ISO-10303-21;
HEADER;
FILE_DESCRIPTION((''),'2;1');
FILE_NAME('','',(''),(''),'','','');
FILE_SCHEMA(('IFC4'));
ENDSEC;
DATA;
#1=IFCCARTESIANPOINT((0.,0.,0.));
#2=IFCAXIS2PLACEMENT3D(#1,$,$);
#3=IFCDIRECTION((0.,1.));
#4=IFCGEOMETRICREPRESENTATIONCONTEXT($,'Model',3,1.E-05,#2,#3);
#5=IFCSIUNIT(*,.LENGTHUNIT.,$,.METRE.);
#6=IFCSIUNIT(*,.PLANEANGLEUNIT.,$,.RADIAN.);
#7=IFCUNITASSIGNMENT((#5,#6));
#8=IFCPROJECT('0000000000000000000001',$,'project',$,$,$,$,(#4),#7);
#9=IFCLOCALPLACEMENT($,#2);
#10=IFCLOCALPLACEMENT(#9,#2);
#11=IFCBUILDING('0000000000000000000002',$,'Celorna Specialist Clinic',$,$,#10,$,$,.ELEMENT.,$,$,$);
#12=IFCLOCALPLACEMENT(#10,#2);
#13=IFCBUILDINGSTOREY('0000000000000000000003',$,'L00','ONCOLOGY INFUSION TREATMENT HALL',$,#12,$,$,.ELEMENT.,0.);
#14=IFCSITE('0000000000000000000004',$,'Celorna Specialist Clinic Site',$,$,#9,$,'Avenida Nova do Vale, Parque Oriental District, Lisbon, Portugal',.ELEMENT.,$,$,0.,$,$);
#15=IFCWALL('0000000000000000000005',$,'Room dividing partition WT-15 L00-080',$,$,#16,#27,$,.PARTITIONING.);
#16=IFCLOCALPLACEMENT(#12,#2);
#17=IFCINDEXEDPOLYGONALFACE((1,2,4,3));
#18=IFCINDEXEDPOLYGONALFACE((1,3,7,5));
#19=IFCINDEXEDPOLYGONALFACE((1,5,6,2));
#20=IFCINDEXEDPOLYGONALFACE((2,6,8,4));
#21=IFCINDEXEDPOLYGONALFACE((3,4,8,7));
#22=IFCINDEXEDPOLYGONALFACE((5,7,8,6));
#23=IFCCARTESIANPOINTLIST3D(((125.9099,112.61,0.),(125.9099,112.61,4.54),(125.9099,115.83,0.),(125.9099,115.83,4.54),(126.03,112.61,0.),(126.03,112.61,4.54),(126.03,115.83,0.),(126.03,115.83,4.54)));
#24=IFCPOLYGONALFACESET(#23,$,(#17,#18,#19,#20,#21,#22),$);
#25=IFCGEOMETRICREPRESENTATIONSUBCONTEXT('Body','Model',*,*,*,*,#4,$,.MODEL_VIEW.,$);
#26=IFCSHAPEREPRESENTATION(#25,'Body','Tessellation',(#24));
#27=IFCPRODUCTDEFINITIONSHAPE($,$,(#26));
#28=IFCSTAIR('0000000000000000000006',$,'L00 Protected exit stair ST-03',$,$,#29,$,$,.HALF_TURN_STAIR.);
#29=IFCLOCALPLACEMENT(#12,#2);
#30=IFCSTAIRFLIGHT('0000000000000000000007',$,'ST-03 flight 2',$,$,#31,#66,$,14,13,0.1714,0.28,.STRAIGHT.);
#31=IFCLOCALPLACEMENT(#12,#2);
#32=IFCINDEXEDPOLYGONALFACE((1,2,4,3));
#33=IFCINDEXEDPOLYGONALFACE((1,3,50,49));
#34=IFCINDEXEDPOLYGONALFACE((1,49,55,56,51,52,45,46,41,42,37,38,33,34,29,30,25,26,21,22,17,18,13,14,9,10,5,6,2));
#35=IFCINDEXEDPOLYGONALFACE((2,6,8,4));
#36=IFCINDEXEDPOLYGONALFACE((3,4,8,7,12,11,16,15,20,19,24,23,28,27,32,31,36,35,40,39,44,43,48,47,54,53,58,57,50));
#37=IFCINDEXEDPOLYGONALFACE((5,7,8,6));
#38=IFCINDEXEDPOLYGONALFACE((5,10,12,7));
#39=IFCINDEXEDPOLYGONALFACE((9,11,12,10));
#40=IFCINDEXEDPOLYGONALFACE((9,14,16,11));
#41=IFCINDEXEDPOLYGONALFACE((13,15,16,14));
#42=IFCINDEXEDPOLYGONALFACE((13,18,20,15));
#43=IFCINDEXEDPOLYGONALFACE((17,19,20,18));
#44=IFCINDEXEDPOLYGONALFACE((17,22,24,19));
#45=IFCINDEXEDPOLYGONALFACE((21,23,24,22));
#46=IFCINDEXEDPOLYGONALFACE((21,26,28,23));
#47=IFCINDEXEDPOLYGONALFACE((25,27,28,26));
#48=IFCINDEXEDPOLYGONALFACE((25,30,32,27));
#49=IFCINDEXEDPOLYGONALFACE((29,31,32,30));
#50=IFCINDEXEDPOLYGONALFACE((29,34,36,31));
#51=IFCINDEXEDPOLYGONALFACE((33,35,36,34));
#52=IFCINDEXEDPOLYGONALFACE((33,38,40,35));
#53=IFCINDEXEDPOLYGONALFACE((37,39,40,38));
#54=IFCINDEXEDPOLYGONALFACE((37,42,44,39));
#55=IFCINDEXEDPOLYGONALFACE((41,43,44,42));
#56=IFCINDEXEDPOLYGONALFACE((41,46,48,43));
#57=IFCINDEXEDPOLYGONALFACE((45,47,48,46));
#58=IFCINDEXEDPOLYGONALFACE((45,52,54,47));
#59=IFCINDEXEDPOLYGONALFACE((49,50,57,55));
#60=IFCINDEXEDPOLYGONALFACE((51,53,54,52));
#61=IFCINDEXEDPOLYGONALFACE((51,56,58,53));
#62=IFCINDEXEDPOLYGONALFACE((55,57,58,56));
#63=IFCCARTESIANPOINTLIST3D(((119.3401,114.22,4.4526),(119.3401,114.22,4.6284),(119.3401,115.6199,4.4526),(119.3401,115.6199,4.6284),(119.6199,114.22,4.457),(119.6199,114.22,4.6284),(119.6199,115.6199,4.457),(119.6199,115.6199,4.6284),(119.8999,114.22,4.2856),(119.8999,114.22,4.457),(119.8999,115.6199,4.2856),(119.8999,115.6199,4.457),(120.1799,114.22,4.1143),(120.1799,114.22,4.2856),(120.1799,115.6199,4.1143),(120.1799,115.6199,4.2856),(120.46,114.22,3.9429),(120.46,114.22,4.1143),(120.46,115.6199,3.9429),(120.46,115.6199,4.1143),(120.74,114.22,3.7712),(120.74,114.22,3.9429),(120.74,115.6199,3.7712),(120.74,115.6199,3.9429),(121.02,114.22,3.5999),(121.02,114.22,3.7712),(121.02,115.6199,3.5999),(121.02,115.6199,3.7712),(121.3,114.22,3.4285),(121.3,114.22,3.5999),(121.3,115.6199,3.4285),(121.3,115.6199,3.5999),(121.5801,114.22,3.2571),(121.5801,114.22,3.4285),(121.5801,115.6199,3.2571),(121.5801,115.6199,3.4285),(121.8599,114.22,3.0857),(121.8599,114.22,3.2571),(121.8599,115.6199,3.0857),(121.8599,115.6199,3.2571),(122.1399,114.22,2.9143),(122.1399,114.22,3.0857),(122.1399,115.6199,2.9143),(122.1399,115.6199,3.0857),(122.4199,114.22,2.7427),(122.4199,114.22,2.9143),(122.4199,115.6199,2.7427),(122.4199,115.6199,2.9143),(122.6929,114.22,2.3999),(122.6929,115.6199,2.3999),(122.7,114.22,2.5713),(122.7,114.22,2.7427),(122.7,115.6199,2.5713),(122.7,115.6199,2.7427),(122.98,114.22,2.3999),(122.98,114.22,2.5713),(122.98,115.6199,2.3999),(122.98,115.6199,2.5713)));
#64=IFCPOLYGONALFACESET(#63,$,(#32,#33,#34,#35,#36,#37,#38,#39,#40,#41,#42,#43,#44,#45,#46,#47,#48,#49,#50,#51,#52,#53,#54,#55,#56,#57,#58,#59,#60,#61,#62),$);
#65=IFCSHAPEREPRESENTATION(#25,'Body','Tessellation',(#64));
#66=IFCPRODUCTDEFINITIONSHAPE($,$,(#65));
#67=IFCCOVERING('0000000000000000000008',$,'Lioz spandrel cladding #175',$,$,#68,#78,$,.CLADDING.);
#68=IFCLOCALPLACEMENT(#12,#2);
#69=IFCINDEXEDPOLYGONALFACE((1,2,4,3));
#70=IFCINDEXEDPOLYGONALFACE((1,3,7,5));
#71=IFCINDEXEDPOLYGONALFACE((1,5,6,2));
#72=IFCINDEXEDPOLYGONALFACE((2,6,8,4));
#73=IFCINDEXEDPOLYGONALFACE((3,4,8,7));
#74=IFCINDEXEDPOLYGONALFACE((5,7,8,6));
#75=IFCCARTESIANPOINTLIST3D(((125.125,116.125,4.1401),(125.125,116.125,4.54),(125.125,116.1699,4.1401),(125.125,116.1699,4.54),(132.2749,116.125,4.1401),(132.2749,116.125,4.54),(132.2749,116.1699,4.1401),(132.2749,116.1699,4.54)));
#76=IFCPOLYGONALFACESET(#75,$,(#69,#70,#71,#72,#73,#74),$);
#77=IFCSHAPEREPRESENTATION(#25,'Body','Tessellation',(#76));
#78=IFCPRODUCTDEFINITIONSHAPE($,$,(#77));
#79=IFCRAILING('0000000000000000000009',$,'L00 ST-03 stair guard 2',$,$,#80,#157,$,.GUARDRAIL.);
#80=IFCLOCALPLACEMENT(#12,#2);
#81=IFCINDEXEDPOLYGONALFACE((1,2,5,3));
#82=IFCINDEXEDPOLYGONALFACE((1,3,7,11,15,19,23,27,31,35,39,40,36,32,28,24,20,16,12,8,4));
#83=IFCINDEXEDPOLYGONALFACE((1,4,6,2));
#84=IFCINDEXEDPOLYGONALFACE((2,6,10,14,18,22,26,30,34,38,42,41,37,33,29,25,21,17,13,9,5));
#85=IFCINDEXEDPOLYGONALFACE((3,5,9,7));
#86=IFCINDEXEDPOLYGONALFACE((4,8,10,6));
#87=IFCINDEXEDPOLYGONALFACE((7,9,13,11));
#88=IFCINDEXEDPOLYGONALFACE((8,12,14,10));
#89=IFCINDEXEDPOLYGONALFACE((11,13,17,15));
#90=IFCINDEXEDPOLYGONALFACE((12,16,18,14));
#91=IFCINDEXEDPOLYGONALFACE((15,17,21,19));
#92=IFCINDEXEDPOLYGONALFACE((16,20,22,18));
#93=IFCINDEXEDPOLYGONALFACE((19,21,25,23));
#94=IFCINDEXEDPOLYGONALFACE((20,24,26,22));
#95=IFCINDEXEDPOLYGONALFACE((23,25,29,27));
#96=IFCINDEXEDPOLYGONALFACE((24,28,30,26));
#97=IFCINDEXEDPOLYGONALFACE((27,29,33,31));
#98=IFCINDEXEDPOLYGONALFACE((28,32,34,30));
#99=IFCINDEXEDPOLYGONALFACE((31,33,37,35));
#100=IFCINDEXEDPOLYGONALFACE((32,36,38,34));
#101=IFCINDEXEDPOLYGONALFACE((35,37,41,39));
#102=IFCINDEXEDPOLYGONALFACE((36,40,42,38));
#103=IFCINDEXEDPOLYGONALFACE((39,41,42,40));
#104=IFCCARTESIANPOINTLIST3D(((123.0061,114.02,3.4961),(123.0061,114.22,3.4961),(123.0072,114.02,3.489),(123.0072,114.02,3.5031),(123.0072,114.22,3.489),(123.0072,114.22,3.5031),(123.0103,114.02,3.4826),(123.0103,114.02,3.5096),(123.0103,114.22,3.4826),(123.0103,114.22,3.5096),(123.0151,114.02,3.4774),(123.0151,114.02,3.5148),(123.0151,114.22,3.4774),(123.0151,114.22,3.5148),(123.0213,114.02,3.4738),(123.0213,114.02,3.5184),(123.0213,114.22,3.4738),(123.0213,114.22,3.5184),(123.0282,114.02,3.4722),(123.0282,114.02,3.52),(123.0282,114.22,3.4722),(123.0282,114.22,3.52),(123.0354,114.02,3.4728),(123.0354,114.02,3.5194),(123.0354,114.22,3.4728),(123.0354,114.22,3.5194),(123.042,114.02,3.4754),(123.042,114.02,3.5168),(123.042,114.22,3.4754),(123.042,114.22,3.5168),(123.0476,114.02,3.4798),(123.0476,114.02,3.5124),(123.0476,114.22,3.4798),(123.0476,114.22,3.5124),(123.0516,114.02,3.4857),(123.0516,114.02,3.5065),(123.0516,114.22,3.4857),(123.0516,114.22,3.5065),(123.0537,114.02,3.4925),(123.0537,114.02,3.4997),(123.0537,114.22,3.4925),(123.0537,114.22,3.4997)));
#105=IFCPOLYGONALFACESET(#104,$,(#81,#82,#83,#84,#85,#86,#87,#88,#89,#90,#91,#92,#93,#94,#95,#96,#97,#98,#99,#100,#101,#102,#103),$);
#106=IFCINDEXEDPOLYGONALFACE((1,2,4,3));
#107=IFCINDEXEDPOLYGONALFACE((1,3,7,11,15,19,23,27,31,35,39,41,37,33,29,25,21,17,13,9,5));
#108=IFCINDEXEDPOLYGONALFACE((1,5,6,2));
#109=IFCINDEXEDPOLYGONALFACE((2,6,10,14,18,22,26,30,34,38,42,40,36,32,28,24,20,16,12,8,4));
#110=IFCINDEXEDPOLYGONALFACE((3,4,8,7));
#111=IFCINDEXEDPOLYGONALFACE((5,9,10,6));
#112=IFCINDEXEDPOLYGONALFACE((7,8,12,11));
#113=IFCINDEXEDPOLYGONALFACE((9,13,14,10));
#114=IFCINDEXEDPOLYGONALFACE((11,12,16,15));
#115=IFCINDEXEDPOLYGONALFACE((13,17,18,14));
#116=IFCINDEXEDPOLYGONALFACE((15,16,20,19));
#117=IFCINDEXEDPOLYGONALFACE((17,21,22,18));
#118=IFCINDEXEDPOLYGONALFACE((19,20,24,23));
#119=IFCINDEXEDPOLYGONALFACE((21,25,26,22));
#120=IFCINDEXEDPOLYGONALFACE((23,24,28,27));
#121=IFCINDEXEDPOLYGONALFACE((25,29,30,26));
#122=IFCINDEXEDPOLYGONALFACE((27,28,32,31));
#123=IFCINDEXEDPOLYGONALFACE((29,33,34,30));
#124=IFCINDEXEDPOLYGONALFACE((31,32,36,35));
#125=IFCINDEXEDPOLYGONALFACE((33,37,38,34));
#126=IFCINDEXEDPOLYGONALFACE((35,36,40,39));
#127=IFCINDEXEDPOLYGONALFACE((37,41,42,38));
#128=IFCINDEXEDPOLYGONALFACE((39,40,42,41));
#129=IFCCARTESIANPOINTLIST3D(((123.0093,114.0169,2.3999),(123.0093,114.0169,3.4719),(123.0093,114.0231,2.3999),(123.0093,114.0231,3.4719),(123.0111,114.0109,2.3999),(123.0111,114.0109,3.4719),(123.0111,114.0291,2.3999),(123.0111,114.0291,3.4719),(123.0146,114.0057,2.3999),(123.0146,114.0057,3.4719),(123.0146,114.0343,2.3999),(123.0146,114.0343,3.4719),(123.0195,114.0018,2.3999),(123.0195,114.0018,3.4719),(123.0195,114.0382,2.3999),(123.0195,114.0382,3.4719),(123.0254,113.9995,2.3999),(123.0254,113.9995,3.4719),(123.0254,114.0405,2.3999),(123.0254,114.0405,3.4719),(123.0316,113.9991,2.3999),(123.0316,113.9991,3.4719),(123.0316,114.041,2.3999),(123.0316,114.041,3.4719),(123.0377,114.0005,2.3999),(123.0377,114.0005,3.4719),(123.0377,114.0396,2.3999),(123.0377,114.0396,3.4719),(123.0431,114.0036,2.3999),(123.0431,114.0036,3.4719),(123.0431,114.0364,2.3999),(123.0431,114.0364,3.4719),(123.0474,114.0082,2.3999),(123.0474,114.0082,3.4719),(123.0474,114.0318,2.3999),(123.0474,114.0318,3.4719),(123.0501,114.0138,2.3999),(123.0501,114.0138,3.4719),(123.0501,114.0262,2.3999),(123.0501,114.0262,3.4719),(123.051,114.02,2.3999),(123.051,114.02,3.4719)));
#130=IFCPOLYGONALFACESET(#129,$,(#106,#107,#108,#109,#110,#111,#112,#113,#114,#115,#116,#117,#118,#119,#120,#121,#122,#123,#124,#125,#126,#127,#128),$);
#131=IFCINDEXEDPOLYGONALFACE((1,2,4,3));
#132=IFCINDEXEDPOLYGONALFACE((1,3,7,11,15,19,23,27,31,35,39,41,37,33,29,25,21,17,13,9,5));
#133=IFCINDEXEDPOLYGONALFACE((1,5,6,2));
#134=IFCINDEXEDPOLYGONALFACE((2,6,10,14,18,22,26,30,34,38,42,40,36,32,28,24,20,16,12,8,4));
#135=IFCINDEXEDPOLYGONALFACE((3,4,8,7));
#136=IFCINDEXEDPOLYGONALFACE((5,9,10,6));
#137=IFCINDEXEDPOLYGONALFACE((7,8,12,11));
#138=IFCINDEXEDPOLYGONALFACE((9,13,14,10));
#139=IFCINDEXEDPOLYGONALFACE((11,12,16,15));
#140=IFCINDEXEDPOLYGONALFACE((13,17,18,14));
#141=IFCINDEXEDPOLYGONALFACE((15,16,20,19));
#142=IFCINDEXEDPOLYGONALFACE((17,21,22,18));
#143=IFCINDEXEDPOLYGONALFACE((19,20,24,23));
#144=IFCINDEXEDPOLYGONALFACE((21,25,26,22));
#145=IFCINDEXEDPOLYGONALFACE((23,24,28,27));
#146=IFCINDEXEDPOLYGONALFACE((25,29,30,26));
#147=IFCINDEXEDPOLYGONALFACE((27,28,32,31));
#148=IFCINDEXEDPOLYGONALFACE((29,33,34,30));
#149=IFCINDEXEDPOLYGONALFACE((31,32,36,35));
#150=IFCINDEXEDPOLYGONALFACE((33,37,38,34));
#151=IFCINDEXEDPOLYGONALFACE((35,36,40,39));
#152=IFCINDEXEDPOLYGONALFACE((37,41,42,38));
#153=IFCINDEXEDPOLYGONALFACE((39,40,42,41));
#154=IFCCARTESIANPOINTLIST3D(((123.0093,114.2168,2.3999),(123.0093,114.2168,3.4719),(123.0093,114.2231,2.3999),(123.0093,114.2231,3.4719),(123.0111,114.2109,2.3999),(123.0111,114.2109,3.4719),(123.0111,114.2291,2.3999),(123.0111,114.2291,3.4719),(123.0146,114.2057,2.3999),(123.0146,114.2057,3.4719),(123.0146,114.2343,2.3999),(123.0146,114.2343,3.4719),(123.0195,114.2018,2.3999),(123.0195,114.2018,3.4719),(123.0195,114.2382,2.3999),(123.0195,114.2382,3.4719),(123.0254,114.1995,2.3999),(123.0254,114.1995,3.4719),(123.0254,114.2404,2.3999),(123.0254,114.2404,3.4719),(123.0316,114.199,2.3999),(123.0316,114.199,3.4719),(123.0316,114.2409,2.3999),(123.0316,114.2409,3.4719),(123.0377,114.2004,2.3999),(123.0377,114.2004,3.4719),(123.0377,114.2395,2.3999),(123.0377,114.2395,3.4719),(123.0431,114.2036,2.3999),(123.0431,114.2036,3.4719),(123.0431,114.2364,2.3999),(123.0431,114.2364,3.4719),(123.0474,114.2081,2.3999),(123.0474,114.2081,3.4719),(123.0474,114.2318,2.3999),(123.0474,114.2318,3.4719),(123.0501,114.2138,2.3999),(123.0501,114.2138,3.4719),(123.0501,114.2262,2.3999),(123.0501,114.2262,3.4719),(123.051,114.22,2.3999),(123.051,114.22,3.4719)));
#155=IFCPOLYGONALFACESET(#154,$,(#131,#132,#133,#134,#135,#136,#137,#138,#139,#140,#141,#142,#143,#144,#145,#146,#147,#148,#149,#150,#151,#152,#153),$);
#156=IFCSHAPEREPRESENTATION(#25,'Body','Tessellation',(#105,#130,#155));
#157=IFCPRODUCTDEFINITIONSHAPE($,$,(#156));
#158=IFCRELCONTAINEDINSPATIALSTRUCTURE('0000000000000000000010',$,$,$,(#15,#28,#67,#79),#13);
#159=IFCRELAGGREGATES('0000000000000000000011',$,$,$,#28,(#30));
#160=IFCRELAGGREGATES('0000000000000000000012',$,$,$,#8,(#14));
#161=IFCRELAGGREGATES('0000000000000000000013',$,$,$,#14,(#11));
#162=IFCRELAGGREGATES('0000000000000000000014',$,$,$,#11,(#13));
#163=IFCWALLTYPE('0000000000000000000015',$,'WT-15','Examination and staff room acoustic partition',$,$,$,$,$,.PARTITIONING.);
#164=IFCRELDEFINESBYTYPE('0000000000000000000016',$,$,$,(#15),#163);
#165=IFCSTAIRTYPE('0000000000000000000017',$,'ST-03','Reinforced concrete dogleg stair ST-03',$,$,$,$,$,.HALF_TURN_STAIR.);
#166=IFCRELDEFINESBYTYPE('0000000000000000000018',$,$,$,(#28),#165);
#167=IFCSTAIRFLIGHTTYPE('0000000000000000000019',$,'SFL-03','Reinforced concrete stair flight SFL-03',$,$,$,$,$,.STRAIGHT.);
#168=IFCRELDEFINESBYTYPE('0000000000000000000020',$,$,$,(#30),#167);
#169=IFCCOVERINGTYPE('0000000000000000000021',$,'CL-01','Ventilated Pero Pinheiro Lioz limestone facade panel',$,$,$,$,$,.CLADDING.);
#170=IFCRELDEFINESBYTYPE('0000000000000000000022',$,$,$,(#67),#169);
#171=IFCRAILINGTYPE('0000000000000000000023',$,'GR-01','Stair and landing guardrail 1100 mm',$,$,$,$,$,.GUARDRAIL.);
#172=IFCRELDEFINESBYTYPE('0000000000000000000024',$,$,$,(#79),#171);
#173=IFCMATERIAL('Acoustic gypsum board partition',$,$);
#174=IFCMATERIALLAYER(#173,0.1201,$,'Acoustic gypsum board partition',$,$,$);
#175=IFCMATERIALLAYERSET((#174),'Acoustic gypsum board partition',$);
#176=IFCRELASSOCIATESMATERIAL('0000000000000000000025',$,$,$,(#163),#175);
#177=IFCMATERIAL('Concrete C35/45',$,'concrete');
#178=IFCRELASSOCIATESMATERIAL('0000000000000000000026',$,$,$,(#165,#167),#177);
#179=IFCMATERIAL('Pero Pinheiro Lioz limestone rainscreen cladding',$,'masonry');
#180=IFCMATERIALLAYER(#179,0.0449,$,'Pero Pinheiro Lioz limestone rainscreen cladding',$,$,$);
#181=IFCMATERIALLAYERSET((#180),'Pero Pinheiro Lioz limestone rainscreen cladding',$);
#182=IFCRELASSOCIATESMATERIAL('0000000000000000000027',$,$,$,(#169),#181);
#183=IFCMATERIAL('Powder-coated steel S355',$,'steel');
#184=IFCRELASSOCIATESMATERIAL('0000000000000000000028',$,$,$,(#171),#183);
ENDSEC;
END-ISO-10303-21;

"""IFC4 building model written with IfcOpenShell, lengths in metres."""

from ifc_helpers import new_model, si_unit, direction, frame, frame_2d, origin, origin_2d, place, context, subcontext, project, spatial, polyline, rectangle, circle, outline, extrude, material, layer, layer_set, type_object, element, aggregate, save


model = new_model("IFC4")

# Units and contexts
model_context = context("Model", 3, precision=1e-05, world=origin(), true_north=direction((0.0, 1.0)))
body_context = subcontext(model_context, "Body", "Model", "MODEL_VIEW")
ifc_project = project(units=[si_unit("LENGTHUNIT", "METRE"), si_unit("PLANEANGLEUNIT", "RADIAN")], contexts=[model_context])

# Site, building, storey
site_placement = place(None, origin())
site = spatial("IfcSite", under=ifc_project, at=site_placement, Name="Celorna Specialist Clinic Site", LongName="Avenida Nova do Vale, Parque Oriental District, Lisbon, Portugal", CompositionType="ELEMENT", RefElevation=0.0)
building_placement = place(site_placement, origin())
building = spatial("IfcBuilding", under=site, at=building_placement, Name="Celorna Specialist Clinic", CompositionType="ELEMENT")
storey_placement = place(building_placement, origin())
storey = spatial("IfcBuildingStorey", under=building, at=storey_placement, Name="L00", Description="ONCOLOGY INFUSION TREATMENT HALL", CompositionType="ELEMENT", Elevation=0.0)

# Shared definitions
ifc_material_1 = material(Name="Concrete C35/45", Category="concrete")

# Wall
ifc_material_2 = material(Name="Acoustic gypsum board partition")
ifc_layer_1 = layer(ifc_material_2, 0.1201, Name="Acoustic gypsum board partition")
ifc_layer_set_1 = layer_set([ifc_layer_1], Name="Acoustic gypsum board partition")
wall_type_1 = type_object("IfcWallType", Name="WT-15", Description="Examination and staff room acoustic partition", PredefinedType="PARTITIONING", material=ifc_layer_set_1)
wall_1_placement = place(storey_placement, frame((125.97, 112.6101, 0.0), z_axis=(0.0, 0.0, 1.0), x_axis=(0.0, 1.0, 0.0)))
element("IfcWall", 1, at=wall_1_placement, inside=storey, type_object=wall_type_1, Name="Room dividing partition WT-15 L00-080", PredefinedType="PARTITIONING", context=body_context, shape_type="SweptSolid", body=[
    extrude(rectangle(XDim=3.22, YDim=0.1201, at=frame_2d((1.6099, 0.0))), origin(), (0.0, 0.0, 1.0), 4.54),
])

# Stair, stair flight
stair_type = type_object("IfcStairType", Name="ST-03", Description="Reinforced concrete dogleg stair ST-03", PredefinedType="HALF_TURN_STAIR", material=ifc_material_1)
stair_placement = place(storey_placement, origin())
stair = element("IfcStair", 2, at=stair_placement, inside=storey, type_object=stair_type, Name="L00 Protected exit stair ST-03", PredefinedType="HALF_TURN_STAIR")
stair_flight_type = type_object("IfcStairFlightType", Name="SFL-03", Description="Reinforced concrete stair flight SFL-03", PredefinedType="STRAIGHT", material=ifc_material_1)
stair_flight_placement = place(storey_placement, frame((122.98, 114.9199, 2.3999), z_axis=(0.0, 0.0, 1.0), x_axis=(-1.0, 0.0, 0.0)))
stair_flight = element("IfcStairFlight", 3, at=stair_flight_placement, type_object=stair_flight_type, Name="ST-03 flight 2", NumberOfRisers=14, NumberOfTreads=13, PredefinedType="STRAIGHT", RiserHeight=0.1714, TreadLength=0.28, context=body_context, shape_type="SweptSolid", body=[
    extrude(outline(polyline([(0.0, 0.0), (0.0, 0.1714), (0.28, 0.1714), (0.28, 0.3428), (0.5601, 0.3428), (0.5601, 0.5144), (0.8401, 0.5144), (0.8401, 0.6858), (1.1201, 0.6858), (1.1201, 0.8572), (1.3999, 0.8572), (1.3999, 1.0286), (1.6799, 1.0286), (1.6799, 1.2), (1.96, 1.2), (1.96, 1.3713), (2.24, 1.3713), (2.24, 1.543), (2.52, 1.543), (2.52, 1.7144), (2.8, 1.7144), (2.8, 1.8857), (3.0801, 1.8857), (3.0801, 2.0571), (3.3601, 2.0571), (3.3601, 2.2285), (3.6399, 2.2285), (3.6399, 2.3999), (3.6399, 2.0527), (0.2871, 0.0), (0.0, 0.0)])), frame((0.0, 0.7, 0.0), z_axis=(0.0, -1.0, 0.0), x_axis=(1.0, 0.0, 0.0)), (0.0, 0.0, 1.0), 1.3999),
])
aggregate(stair, [stair_flight])

# Covering
ifc_material_3 = material(Name="Pero Pinheiro Lioz limestone rainscreen cladding", Category="masonry")
ifc_layer_2 = layer(ifc_material_3, 0.0449, Name="Pero Pinheiro Lioz limestone rainscreen cladding")
ifc_layer_set_2 = layer_set([ifc_layer_2], Name="Pero Pinheiro Lioz limestone rainscreen cladding")
covering_type = type_object("IfcCoveringType", Name="CL-01", Description="Ventilated Pero Pinheiro Lioz limestone facade panel", PredefinedType="CLADDING", material=ifc_layer_set_2)
covering_placement = place(storey_placement, frame((128.7, 116.1475, 4.1401), z_axis=(0.0, 0.0, 1.0), x_axis=(1.0, 0.0, 0.0)))
element("IfcCovering", 4, at=covering_placement, inside=storey, type_object=covering_type, Name="Lioz spandrel cladding #175", PredefinedType="CLADDING", context=body_context, shape_type="SweptSolid", body=[
    extrude(rectangle(XDim=7.1499, YDim=0.0449, at=origin_2d()), origin(), (0.0, 0.0, 1.0), 0.3999),
])

# Railing
ifc_material_4 = material(Name="Powder-coated steel S355", Category="steel")
railing_type_1 = type_object("IfcRailingType", Name="GR-01", Description="Stair and landing guardrail 1100 mm", PredefinedType="GUARDRAIL", material=ifc_material_4)
railing_1_placement = place(storey_placement, frame((123.03, 114.02, 2.3999)))
element("IfcRailing", 5, at=railing_1_placement, inside=storey, type_object=railing_type_1, Name="L00 ST-03 stair guard 2", PredefinedType="GUARDRAIL", context=body_context, shape_type="SweptSolid", body=[
    extrude(circle(Radius=0.0239, at=origin_2d()), frame((0.0, 0.0, 1.0962), z_axis=(0.0, 1.0, 0.0), x_axis=(-1.0, 0.0, 0.0)), (0.0, 0.0, 1.0), 0.2),
    extrude(circle(Radius=0.021, at=origin_2d()), origin(), (0.0, 0.0, 1.0), 1.072),
    extrude(circle(Radius=0.021, at=origin_2d()), frame((0.0, 0.2, 0.0)), (0.0, 0.0, 1.0), 1.072),
])

save(model, "model.ifc")
